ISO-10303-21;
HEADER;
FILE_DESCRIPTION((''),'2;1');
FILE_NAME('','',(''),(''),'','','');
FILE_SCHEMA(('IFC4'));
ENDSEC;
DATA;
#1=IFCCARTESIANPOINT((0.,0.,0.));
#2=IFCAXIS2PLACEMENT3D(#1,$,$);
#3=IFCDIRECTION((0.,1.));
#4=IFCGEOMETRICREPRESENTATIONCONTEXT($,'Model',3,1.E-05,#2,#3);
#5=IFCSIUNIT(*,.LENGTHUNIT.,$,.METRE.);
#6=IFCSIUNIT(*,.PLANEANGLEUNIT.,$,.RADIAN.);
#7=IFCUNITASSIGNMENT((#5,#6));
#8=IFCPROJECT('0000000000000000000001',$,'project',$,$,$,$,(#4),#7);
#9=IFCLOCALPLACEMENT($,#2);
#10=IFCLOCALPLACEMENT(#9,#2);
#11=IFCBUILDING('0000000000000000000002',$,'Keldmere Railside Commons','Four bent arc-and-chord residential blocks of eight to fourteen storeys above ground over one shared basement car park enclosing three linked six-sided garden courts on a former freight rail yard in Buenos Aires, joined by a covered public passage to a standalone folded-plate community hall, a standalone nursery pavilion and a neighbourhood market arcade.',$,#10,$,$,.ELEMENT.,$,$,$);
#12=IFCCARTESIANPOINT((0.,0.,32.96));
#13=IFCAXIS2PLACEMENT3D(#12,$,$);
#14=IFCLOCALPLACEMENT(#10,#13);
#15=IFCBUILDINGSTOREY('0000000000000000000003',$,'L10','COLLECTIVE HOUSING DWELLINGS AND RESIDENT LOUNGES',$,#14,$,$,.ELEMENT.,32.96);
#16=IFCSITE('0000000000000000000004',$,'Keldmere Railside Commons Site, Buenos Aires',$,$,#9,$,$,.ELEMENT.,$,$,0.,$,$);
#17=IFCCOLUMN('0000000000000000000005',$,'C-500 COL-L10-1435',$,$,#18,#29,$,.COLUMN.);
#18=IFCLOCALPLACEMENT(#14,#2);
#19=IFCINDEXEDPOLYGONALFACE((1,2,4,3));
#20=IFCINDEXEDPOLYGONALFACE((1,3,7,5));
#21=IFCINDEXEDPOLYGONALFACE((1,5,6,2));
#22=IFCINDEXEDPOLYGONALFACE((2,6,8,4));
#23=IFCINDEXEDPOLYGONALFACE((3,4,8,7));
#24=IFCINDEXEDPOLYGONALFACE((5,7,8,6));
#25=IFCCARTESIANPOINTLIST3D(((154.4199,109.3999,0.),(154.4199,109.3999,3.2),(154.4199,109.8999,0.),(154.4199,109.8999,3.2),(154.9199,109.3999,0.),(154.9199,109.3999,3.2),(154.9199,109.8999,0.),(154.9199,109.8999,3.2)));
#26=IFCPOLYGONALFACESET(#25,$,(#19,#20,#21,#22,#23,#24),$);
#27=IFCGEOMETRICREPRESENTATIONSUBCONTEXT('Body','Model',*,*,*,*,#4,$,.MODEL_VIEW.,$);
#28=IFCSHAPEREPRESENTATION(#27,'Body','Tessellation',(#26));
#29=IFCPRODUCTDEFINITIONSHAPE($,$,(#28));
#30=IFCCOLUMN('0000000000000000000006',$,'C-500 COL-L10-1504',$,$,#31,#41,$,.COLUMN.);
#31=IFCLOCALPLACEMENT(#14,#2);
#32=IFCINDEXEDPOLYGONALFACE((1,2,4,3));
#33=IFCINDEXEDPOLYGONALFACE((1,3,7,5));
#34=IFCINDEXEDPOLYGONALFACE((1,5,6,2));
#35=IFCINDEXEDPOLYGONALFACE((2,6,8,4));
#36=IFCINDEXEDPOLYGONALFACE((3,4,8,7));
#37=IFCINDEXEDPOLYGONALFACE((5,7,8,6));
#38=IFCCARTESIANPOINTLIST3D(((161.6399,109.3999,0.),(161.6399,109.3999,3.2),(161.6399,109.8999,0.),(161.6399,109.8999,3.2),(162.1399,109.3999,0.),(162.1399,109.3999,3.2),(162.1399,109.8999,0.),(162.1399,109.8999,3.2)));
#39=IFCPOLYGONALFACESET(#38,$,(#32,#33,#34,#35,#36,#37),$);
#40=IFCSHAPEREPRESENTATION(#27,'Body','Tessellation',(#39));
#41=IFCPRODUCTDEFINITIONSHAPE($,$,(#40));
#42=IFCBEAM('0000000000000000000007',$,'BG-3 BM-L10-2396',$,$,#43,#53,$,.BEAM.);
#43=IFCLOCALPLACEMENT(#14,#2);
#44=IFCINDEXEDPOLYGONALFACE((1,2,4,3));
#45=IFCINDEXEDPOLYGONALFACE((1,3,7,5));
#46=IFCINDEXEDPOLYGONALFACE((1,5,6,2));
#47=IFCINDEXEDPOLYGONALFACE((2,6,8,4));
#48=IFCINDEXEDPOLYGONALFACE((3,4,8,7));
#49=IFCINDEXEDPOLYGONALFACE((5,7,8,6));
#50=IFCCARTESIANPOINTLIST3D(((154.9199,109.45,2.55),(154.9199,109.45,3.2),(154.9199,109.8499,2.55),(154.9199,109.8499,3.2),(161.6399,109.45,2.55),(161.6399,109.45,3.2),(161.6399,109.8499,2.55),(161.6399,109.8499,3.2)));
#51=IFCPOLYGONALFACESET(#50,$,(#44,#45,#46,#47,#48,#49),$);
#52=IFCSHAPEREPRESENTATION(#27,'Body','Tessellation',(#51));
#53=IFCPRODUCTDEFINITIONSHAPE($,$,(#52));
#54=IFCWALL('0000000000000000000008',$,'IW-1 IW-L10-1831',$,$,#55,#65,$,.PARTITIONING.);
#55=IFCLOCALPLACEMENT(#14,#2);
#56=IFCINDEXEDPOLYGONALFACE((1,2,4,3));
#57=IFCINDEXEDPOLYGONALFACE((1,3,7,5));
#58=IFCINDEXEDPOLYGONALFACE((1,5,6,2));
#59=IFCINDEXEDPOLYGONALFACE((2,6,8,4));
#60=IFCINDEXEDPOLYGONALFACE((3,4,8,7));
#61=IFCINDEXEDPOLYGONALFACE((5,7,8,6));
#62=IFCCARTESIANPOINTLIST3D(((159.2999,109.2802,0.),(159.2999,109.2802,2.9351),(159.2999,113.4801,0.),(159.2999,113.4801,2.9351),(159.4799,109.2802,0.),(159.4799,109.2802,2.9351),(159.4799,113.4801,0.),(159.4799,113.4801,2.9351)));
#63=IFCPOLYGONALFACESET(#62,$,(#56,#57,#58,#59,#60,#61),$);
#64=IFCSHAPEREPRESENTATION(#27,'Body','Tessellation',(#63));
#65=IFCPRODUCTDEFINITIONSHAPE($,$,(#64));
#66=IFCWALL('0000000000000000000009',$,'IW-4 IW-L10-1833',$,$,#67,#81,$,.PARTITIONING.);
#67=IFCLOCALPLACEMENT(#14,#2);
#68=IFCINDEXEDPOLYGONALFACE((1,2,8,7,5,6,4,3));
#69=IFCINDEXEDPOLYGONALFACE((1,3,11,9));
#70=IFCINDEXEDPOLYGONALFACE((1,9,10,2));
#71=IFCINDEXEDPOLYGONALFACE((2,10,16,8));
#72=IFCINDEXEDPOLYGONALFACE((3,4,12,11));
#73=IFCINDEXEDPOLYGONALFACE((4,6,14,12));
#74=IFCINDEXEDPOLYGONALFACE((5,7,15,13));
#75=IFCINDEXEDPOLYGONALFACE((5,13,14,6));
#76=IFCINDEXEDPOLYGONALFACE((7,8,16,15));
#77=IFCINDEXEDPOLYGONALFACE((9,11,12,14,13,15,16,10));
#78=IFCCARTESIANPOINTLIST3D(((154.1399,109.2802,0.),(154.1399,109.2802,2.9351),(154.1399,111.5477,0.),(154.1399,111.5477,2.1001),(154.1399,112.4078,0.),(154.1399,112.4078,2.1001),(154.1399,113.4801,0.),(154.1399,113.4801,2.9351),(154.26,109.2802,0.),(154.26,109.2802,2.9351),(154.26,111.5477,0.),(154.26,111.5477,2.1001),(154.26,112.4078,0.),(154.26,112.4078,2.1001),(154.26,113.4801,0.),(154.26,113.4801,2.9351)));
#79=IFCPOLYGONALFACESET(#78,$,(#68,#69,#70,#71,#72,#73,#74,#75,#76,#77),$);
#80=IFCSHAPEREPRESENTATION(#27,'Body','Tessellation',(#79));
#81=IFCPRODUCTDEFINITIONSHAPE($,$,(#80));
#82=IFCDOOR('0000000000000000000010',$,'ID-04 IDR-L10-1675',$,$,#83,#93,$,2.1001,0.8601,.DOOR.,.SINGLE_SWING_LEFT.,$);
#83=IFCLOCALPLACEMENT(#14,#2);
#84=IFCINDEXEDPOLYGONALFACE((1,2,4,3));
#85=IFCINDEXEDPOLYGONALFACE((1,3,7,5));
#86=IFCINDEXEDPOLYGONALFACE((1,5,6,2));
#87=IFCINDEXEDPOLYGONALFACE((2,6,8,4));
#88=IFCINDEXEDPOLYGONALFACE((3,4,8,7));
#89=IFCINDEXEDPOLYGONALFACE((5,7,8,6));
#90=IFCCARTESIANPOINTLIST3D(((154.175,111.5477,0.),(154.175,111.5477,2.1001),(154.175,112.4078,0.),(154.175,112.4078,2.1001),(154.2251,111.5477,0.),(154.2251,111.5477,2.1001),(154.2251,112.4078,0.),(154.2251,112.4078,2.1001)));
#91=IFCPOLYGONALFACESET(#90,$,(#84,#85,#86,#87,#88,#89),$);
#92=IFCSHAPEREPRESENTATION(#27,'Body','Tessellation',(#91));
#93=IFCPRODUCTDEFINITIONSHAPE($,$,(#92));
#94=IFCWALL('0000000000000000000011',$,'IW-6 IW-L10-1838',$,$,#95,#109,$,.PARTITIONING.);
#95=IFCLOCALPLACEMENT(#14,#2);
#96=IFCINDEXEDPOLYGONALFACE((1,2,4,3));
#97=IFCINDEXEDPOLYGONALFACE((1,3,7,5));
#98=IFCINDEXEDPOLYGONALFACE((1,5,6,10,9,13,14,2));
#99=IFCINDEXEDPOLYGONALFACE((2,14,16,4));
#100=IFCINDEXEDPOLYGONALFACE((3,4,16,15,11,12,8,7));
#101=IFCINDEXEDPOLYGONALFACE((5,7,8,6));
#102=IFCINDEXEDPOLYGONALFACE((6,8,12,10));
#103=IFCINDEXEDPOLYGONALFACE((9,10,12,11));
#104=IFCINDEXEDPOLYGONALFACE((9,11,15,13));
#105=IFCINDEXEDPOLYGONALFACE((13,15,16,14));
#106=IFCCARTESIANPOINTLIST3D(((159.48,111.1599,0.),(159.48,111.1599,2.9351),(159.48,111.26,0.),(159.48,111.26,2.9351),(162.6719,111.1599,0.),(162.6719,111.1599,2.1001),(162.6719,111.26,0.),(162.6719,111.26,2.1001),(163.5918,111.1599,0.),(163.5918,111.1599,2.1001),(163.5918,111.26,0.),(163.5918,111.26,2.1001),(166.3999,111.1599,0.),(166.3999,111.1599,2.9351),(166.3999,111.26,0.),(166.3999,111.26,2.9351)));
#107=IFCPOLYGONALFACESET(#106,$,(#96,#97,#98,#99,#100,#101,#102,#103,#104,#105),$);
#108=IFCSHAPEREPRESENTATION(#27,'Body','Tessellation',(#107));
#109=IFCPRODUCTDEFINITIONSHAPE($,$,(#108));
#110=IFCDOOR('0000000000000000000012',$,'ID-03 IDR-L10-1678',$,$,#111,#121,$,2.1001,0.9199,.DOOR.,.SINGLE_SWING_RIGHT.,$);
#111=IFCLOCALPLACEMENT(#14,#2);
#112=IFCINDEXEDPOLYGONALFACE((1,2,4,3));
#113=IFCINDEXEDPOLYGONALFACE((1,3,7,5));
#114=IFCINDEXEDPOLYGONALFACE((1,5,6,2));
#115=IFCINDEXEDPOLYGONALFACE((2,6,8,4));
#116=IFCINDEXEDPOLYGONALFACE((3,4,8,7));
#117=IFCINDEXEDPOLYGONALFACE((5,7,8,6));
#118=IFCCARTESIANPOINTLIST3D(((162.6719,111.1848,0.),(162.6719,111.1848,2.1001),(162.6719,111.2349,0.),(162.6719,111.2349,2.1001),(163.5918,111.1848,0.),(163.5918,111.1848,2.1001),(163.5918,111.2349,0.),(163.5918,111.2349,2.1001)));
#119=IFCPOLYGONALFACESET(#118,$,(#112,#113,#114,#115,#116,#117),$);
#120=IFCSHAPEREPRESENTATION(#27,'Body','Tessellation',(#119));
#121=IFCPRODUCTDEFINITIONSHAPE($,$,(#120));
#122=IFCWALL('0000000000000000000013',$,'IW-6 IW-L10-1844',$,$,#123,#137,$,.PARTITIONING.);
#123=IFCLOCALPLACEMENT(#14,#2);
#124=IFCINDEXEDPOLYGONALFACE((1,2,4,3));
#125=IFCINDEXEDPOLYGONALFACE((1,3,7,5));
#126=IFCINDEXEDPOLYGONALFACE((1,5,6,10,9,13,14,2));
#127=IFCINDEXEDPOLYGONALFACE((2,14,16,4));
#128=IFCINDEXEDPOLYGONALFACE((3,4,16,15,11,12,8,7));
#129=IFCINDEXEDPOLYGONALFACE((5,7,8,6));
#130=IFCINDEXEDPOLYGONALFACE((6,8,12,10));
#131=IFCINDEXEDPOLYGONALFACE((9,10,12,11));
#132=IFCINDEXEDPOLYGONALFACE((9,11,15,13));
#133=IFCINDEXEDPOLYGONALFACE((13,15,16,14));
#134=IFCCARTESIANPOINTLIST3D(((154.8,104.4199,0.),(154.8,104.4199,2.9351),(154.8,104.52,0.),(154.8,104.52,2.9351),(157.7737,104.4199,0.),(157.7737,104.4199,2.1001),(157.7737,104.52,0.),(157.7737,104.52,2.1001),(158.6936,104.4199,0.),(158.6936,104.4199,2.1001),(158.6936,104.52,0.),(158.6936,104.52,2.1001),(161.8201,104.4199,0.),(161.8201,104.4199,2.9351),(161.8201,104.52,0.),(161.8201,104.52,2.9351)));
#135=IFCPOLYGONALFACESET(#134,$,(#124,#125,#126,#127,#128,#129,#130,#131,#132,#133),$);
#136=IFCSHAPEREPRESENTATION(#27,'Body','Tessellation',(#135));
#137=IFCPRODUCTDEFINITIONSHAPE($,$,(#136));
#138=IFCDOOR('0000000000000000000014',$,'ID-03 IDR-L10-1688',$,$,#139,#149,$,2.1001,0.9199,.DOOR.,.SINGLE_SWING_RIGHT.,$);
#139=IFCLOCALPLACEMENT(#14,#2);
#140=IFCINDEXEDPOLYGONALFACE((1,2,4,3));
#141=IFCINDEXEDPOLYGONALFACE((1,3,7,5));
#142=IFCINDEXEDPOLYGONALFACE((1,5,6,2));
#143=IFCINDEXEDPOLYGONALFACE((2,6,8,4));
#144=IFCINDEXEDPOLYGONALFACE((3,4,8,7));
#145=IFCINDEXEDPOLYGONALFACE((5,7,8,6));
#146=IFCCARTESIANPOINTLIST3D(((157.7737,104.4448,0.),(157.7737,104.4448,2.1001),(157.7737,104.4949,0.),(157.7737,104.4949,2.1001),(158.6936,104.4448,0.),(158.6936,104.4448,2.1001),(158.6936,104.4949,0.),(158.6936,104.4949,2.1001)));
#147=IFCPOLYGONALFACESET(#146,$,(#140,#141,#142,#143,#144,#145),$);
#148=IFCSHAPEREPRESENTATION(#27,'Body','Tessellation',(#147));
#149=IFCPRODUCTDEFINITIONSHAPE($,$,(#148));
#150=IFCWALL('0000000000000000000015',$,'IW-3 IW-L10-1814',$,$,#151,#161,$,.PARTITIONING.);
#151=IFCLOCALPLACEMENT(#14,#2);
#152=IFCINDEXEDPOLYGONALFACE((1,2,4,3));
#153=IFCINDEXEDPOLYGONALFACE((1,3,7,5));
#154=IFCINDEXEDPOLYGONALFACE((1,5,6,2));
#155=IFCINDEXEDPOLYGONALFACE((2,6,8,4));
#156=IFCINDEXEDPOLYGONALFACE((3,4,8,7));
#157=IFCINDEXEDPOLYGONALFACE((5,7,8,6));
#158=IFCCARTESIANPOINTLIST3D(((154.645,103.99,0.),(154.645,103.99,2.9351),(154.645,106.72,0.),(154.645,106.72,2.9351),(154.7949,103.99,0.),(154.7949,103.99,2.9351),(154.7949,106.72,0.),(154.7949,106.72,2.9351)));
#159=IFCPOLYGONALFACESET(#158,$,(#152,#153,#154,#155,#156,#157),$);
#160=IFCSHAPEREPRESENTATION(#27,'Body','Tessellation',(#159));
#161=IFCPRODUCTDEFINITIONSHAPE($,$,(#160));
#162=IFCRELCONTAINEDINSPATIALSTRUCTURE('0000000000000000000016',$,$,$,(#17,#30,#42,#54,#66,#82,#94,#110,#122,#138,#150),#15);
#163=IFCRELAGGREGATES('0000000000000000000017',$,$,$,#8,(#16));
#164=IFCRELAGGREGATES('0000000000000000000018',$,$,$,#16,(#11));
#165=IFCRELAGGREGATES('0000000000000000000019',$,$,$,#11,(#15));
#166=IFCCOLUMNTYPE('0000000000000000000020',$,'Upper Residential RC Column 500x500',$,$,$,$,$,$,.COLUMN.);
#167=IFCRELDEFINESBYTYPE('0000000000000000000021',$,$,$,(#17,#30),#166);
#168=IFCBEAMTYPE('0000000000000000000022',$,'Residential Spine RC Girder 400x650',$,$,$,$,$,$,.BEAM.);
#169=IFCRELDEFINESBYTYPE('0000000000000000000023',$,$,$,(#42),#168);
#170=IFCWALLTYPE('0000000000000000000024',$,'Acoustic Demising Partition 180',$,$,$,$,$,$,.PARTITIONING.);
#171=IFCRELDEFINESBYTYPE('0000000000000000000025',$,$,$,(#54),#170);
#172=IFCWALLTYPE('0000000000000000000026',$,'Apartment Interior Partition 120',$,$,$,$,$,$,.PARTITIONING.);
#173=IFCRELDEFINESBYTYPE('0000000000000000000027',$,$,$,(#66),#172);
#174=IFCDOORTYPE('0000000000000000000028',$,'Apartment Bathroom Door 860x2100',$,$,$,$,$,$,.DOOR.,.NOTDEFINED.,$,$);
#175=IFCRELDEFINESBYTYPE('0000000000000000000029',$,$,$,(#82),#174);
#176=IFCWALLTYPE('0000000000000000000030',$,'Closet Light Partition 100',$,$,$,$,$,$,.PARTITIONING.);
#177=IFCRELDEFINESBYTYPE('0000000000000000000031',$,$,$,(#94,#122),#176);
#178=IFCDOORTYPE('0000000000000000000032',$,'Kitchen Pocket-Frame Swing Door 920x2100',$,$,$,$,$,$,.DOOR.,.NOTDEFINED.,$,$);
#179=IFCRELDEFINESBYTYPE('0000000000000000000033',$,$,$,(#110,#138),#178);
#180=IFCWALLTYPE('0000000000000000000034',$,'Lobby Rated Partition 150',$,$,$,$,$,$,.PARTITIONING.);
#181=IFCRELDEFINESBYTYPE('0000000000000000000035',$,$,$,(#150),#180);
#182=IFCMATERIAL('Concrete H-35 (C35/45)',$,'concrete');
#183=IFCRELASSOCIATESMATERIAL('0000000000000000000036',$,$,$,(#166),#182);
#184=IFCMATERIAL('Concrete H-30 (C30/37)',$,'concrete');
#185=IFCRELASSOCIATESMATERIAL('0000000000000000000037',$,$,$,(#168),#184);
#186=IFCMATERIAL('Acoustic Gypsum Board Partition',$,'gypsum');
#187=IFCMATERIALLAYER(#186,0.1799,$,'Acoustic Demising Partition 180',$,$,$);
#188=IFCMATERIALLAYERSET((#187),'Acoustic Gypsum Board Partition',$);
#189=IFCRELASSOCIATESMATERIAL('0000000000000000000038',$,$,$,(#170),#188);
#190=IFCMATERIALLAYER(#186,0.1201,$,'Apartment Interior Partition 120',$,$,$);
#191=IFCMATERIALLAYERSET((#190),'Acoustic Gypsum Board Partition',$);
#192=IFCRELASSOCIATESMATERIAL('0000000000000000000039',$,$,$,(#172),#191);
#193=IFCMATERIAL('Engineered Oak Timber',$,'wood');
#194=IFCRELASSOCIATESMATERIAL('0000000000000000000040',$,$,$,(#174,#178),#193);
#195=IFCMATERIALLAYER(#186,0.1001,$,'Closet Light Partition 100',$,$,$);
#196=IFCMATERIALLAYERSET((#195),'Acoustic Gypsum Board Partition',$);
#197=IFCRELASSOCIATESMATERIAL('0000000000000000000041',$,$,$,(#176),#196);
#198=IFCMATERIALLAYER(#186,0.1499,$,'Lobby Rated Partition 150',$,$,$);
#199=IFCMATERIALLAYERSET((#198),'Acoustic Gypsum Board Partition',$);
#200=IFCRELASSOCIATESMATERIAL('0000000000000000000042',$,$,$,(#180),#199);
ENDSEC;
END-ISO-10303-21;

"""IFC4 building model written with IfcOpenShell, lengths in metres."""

from ifc_helpers import new_model, si_unit, direction, frame, frame_2d, origin, origin_2d, place, context, subcontext, project, spatial, rectangle, extrude, material, layer, layer_set, material_profile, profile_set, type_object, element, fill, save


model = new_model("IFC4")

# Units and contexts
model_context = context("Model", 3, precision=1e-05, world=origin(), true_north=direction((0.0, 1.0)))
body_context = subcontext(model_context, "Body", "Model", "MODEL_VIEW")
ifc_project = project(units=[si_unit("LENGTHUNIT", "METRE"), si_unit("PLANEANGLEUNIT", "RADIAN")], contexts=[model_context])

# Site, building, storey
site_placement = place(None, origin())
site = spatial("IfcSite", under=ifc_project, at=site_placement, Name="Keldmere Railside Commons Site, Buenos Aires", CompositionType="ELEMENT", RefElevation=0.0)
building_placement = place(site_placement, origin())
building = spatial("IfcBuilding", under=site, at=building_placement, Name="Keldmere Railside Commons", Description="Four bent arc-and-chord residential blocks of eight to fourteen storeys above ground over one shared basement car park enclosing three linked six-sided garden courts on a former freight rail yard in Buenos Aires, joined by a covered public passage to a standalone folded-plate community hall, a standalone nursery pavilion and a neighbourhood market arcade.", CompositionType="ELEMENT")
storey_placement = place(building_placement, frame((0.0, 0.0, 32.96)))
storey = spatial("IfcBuildingStorey", under=building, at=storey_placement, Name="L10", Description="COLLECTIVE HOUSING DWELLINGS AND RESIDENT LOUNGES", CompositionType="ELEMENT", Elevation=32.96)

# Columns
ifc_material_1 = material(Name="Concrete H-35 (C35/45)", Category="concrete")
ifc_material_profile_1 = material_profile(ifc_material_1, rectangle(XDim=0.5, YDim=0.5, at=origin_2d()), Name="RC-500x500")
ifc_profile_set_1 = profile_set([ifc_material_profile_1], Name="Concrete H-35 (C35/45)")
column_type = type_object("IfcColumnType", Name="Upper Residential RC Column 500x500", PredefinedType="COLUMN", material=ifc_profile_set_1)
for number, where, z_axis, x_axis, name in (
    (1, (154.6699, 109.6499, 0.0), (0.0, 0.0, 1.0), (1.0, 0.0, 0.0), "C-500 COL-L10-1435"),
    (2, (161.8899, 109.6499, 0.0), (0.0, 0.0, 1.0), (1.0, 0.0, 0.0), "C-500 COL-L10-1504"),
):
    element("IfcColumn", number, at=place(storey_placement, frame(where, z_axis=z_axis, x_axis=x_axis)), inside=storey, type_object=column_type, Name=name, PredefinedType="COLUMN", context=body_context, shape_type="SweptSolid", body=[
        extrude(rectangle(XDim=0.5, YDim=0.5, at=origin_2d()), origin(), (0.0, 0.0, 1.0), 3.2),
    ])

# Beam
ifc_material_2 = material(Name="Concrete H-30 (C30/37)", Category="concrete")
ifc_material_profile_2 = material_profile(ifc_material_2, rectangle(XDim=0.3999, YDim=0.6499, at=origin_2d()), Name="RC-400x650")
ifc_profile_set_2 = profile_set([ifc_material_profile_2], Name="Concrete H-30 (C30/37)")
beam_type = type_object("IfcBeamType", Name="Residential Spine RC Girder 400x650", PredefinedType="BEAM", material=ifc_profile_set_2)
beam_placement = place(storey_placement, frame((154.9199, 109.6499, 2.875), z_axis=(1.0, 0.0, 0.0), x_axis=(0.0, 1.0, 0.0)))
element("IfcBeam", 3, at=beam_placement, inside=storey, type_object=beam_type, Name="BG-3 BM-L10-2396", PredefinedType="BEAM", context=body_context, shape_type="SweptSolid", body=[
    extrude(rectangle(XDim=0.3999, YDim=0.6499, at=origin_2d()), origin(), (0.0, 0.0, 1.0), 6.72),
])

# Wall
ifc_material_3 = material(Name="Acoustic Gypsum Board Partition", Category="gypsum")
ifc_layer_1 = layer(ifc_material_3, 0.1799, Name="Acoustic Demising Partition 180")
ifc_layer_set_1 = layer_set([ifc_layer_1], Name="Acoustic Gypsum Board Partition")
wall_type_1 = type_object("IfcWallType", Name="Acoustic Demising Partition 180", PredefinedType="PARTITIONING", material=ifc_layer_set_1)
wall_1_placement = place(storey_placement, frame((159.3899, 109.28, 0.0), z_axis=(0.0, 0.0, 1.0), x_axis=(0.0, 1.0, 0.0)))
element("IfcWall", 4, at=wall_1_placement, inside=storey, type_object=wall_type_1, Name="IW-1 IW-L10-1831", PredefinedType="PARTITIONING", context=body_context, shape_type="SweptSolid", body=[
    extrude(rectangle(XDim=4.2, YDim=0.1799, at=frame_2d((2.1001, 0.0))), origin(), (0.0, 0.0, 1.0), 2.9351),
])

# Walls, openings, doors
ifc_layer_2 = layer(ifc_material_3, 0.1201, Name="Apartment Interior Partition 120")
ifc_layer_set_2 = layer_set([ifc_layer_2], Name="Acoustic Gypsum Board Partition")
wall_type_2 = type_object("IfcWallType", Name="Apartment Interior Partition 120", PredefinedType="PARTITIONING", material=ifc_layer_set_2)
wall_2_placement = place(storey_placement, frame((154.2, 109.28, 0.0), z_axis=(0.0, 0.0, 1.0), x_axis=(0.0, 1.0, 0.0)))
wall_2 = element("IfcWall", 5, at=wall_2_placement, inside=storey, type_object=wall_type_2, Name="IW-4 IW-L10-1833", PredefinedType="PARTITIONING", context=body_context, shape_type="SweptSolid", body=[
    extrude(rectangle(XDim=4.2, YDim=0.1201, at=frame_2d((2.1001, 0.0))), origin(), (0.0, 0.0, 1.0), 2.9351),
])
opening_1_placement = place(wall_2_placement, frame((2.2676, 0.0, 0.0)))
opening_1 = element("IfcOpeningElement", 6, at=opening_1_placement, cuts=wall_2, PredefinedType="OPENING", context=body_context, shape_type="SweptSolid", body=[
    extrude(rectangle(XDim=0.8601, YDim=2.1001, at=frame_2d((0.4302, 1.05))), frame((0.0, 0.0701, 0.0), z_axis=(0.0, -1.0, 0.0), x_axis=(1.0, 0.0, 0.0)), (0.0, 0.0, 1.0), 0.1401),
])
ifc_material_4 = material(Name="Engineered Oak Timber", Category="wood")
door_type_1 = type_object("IfcDoorType", Name="Apartment Bathroom Door 860x2100", OperationType="NOTDEFINED", PredefinedType="DOOR", material=ifc_material_4)
door_1_placement = place(opening_1_placement, origin())
door_1 = element("IfcDoor", 7, at=door_1_placement, inside=storey, type_object=door_type_1, Name="ID-04 IDR-L10-1675", OperationType="SINGLE_SWING_LEFT", OverallHeight=2.1001, OverallWidth=0.8601, PredefinedType="DOOR", context=body_context, shape_type="SweptSolid", body=[
    extrude(rectangle(XDim=0.8601, YDim=2.1001, at=frame_2d((0.4302, 1.05))), frame((0.0, 0.0249, 0.0), z_axis=(0.0, -1.0, 0.0), x_axis=(1.0, 0.0, 0.0)), (0.0, 0.0, 1.0), 0.05),
])
fill(opening_1, door_1)
ifc_layer_3 = layer(ifc_material_3, 0.1001, Name="Closet Light Partition 100")
ifc_layer_set_3 = layer_set([ifc_layer_3], Name="Acoustic Gypsum Board Partition")
wall_type_3 = type_object("IfcWallType", Name="Closet Light Partition 100", PredefinedType="PARTITIONING", material=ifc_layer_set_3)
wall_3_placement = place(storey_placement, frame((159.48, 111.21, 0.0), z_axis=(0.0, 0.0, 1.0), x_axis=(1.0, 0.0, 0.0)))
wall_3 = element("IfcWall", 8, at=wall_3_placement, inside=storey, type_object=wall_type_3, Name="IW-6 IW-L10-1838", PredefinedType="PARTITIONING", context=body_context, shape_type="SweptSolid", body=[
    extrude(rectangle(XDim=6.9199, YDim=0.1001, at=frame_2d((3.46, 0.0))), origin(), (0.0, 0.0, 1.0), 2.9351),
])
opening_2_placement = place(wall_3_placement, frame((3.1919, 0.0, 0.0)))
opening_2 = element("IfcOpeningElement", 9, at=opening_2_placement, cuts=wall_3, PredefinedType="OPENING", context=body_context, shape_type="SweptSolid", body=[
    extrude(rectangle(XDim=0.9199, YDim=2.1001, at=frame_2d((0.46, 1.05))), frame((0.0, 0.0601, 0.0), z_axis=(0.0, -1.0, 0.0), x_axis=(1.0, 0.0, 0.0)), (0.0, 0.0, 1.0), 0.1201),
])
door_type_2 = type_object("IfcDoorType", Name="Kitchen Pocket-Frame Swing Door 920x2100", OperationType="NOTDEFINED", PredefinedType="DOOR", material=ifc_material_4)
door_2_placement = place(opening_2_placement, origin())
door_2 = element("IfcDoor", 10, at=door_2_placement, inside=storey, type_object=door_type_2, Name="ID-03 IDR-L10-1678", OperationType="SINGLE_SWING_RIGHT", OverallHeight=2.1001, OverallWidth=0.9199, PredefinedType="DOOR", context=body_context, shape_type="SweptSolid", body=[
    extrude(rectangle(XDim=0.9199, YDim=2.1001, at=frame_2d((0.46, 1.05))), frame((0.0, 0.0249, 0.0), z_axis=(0.0, -1.0, 0.0), x_axis=(1.0, 0.0, 0.0)), (0.0, 0.0, 1.0), 0.05),
])
fill(opening_2, door_2)
wall_4_placement = place(storey_placement, frame((154.8, 104.47, 0.0), z_axis=(0.0, 0.0, 1.0), x_axis=(1.0, 0.0, 0.0)))
wall_4 = element("IfcWall", 11, at=wall_4_placement, inside=storey, type_object=wall_type_3, Name="IW-6 IW-L10-1844", PredefinedType="PARTITIONING", context=body_context, shape_type="SweptSolid", body=[
    extrude(rectangle(XDim=7.02, YDim=0.1001, at=frame_2d((3.51, 0.0))), origin(), (0.0, 0.0, 1.0), 2.9351),
])
opening_3_placement = place(wall_4_placement, frame((2.9736, 0.0, 0.0)))
opening_3 = element("IfcOpeningElement", 12, at=opening_3_placement, cuts=wall_4, PredefinedType="OPENING", context=body_context, shape_type="SweptSolid", body=[
    extrude(rectangle(XDim=0.9199, YDim=2.1001, at=frame_2d((0.46, 1.05))), frame((0.0, 0.0601, 0.0), z_axis=(0.0, -1.0, 0.0), x_axis=(1.0, 0.0, 0.0)), (0.0, 0.0, 1.0), 0.1201),
])
door_3_placement = place(opening_3_placement, origin())
door_3 = element("IfcDoor", 13, at=door_3_placement, inside=storey, type_object=door_type_2, Name="ID-03 IDR-L10-1688", OperationType="SINGLE_SWING_RIGHT", OverallHeight=2.1001, OverallWidth=0.9199, PredefinedType="DOOR", context=body_context, shape_type="SweptSolid", body=[
    extrude(rectangle(XDim=0.9199, YDim=2.1001, at=frame_2d((0.46, 1.05))), frame((0.0, 0.0249, 0.0), z_axis=(0.0, -1.0, 0.0), x_axis=(1.0, 0.0, 0.0)), (0.0, 0.0, 1.0), 0.05),
])
fill(opening_3, door_3)

# Wall
ifc_layer_4 = layer(ifc_material_3, 0.1499, Name="Lobby Rated Partition 150")
ifc_layer_set_4 = layer_set([ifc_layer_4], Name="Acoustic Gypsum Board Partition")
wall_type_4 = type_object("IfcWallType", Name="Lobby Rated Partition 150", PredefinedType="PARTITIONING", material=ifc_layer_set_4)
wall_5_placement = place(storey_placement, frame((154.72, 103.99, 0.0), z_axis=(0.0, 0.0, 1.0), x_axis=(0.0, 1.0, 0.0)))
element("IfcWall", 14, at=wall_5_placement, inside=storey, type_object=wall_type_4, Name="IW-3 IW-L10-1814", PredefinedType="PARTITIONING", context=body_context, shape_type="SweptSolid", body=[
    extrude(rectangle(XDim=2.73, YDim=0.1499, at=frame_2d((1.365, 0.0))), origin(), (0.0, 0.0, 1.0), 2.9351),
])

save(model, "model.ifc")
